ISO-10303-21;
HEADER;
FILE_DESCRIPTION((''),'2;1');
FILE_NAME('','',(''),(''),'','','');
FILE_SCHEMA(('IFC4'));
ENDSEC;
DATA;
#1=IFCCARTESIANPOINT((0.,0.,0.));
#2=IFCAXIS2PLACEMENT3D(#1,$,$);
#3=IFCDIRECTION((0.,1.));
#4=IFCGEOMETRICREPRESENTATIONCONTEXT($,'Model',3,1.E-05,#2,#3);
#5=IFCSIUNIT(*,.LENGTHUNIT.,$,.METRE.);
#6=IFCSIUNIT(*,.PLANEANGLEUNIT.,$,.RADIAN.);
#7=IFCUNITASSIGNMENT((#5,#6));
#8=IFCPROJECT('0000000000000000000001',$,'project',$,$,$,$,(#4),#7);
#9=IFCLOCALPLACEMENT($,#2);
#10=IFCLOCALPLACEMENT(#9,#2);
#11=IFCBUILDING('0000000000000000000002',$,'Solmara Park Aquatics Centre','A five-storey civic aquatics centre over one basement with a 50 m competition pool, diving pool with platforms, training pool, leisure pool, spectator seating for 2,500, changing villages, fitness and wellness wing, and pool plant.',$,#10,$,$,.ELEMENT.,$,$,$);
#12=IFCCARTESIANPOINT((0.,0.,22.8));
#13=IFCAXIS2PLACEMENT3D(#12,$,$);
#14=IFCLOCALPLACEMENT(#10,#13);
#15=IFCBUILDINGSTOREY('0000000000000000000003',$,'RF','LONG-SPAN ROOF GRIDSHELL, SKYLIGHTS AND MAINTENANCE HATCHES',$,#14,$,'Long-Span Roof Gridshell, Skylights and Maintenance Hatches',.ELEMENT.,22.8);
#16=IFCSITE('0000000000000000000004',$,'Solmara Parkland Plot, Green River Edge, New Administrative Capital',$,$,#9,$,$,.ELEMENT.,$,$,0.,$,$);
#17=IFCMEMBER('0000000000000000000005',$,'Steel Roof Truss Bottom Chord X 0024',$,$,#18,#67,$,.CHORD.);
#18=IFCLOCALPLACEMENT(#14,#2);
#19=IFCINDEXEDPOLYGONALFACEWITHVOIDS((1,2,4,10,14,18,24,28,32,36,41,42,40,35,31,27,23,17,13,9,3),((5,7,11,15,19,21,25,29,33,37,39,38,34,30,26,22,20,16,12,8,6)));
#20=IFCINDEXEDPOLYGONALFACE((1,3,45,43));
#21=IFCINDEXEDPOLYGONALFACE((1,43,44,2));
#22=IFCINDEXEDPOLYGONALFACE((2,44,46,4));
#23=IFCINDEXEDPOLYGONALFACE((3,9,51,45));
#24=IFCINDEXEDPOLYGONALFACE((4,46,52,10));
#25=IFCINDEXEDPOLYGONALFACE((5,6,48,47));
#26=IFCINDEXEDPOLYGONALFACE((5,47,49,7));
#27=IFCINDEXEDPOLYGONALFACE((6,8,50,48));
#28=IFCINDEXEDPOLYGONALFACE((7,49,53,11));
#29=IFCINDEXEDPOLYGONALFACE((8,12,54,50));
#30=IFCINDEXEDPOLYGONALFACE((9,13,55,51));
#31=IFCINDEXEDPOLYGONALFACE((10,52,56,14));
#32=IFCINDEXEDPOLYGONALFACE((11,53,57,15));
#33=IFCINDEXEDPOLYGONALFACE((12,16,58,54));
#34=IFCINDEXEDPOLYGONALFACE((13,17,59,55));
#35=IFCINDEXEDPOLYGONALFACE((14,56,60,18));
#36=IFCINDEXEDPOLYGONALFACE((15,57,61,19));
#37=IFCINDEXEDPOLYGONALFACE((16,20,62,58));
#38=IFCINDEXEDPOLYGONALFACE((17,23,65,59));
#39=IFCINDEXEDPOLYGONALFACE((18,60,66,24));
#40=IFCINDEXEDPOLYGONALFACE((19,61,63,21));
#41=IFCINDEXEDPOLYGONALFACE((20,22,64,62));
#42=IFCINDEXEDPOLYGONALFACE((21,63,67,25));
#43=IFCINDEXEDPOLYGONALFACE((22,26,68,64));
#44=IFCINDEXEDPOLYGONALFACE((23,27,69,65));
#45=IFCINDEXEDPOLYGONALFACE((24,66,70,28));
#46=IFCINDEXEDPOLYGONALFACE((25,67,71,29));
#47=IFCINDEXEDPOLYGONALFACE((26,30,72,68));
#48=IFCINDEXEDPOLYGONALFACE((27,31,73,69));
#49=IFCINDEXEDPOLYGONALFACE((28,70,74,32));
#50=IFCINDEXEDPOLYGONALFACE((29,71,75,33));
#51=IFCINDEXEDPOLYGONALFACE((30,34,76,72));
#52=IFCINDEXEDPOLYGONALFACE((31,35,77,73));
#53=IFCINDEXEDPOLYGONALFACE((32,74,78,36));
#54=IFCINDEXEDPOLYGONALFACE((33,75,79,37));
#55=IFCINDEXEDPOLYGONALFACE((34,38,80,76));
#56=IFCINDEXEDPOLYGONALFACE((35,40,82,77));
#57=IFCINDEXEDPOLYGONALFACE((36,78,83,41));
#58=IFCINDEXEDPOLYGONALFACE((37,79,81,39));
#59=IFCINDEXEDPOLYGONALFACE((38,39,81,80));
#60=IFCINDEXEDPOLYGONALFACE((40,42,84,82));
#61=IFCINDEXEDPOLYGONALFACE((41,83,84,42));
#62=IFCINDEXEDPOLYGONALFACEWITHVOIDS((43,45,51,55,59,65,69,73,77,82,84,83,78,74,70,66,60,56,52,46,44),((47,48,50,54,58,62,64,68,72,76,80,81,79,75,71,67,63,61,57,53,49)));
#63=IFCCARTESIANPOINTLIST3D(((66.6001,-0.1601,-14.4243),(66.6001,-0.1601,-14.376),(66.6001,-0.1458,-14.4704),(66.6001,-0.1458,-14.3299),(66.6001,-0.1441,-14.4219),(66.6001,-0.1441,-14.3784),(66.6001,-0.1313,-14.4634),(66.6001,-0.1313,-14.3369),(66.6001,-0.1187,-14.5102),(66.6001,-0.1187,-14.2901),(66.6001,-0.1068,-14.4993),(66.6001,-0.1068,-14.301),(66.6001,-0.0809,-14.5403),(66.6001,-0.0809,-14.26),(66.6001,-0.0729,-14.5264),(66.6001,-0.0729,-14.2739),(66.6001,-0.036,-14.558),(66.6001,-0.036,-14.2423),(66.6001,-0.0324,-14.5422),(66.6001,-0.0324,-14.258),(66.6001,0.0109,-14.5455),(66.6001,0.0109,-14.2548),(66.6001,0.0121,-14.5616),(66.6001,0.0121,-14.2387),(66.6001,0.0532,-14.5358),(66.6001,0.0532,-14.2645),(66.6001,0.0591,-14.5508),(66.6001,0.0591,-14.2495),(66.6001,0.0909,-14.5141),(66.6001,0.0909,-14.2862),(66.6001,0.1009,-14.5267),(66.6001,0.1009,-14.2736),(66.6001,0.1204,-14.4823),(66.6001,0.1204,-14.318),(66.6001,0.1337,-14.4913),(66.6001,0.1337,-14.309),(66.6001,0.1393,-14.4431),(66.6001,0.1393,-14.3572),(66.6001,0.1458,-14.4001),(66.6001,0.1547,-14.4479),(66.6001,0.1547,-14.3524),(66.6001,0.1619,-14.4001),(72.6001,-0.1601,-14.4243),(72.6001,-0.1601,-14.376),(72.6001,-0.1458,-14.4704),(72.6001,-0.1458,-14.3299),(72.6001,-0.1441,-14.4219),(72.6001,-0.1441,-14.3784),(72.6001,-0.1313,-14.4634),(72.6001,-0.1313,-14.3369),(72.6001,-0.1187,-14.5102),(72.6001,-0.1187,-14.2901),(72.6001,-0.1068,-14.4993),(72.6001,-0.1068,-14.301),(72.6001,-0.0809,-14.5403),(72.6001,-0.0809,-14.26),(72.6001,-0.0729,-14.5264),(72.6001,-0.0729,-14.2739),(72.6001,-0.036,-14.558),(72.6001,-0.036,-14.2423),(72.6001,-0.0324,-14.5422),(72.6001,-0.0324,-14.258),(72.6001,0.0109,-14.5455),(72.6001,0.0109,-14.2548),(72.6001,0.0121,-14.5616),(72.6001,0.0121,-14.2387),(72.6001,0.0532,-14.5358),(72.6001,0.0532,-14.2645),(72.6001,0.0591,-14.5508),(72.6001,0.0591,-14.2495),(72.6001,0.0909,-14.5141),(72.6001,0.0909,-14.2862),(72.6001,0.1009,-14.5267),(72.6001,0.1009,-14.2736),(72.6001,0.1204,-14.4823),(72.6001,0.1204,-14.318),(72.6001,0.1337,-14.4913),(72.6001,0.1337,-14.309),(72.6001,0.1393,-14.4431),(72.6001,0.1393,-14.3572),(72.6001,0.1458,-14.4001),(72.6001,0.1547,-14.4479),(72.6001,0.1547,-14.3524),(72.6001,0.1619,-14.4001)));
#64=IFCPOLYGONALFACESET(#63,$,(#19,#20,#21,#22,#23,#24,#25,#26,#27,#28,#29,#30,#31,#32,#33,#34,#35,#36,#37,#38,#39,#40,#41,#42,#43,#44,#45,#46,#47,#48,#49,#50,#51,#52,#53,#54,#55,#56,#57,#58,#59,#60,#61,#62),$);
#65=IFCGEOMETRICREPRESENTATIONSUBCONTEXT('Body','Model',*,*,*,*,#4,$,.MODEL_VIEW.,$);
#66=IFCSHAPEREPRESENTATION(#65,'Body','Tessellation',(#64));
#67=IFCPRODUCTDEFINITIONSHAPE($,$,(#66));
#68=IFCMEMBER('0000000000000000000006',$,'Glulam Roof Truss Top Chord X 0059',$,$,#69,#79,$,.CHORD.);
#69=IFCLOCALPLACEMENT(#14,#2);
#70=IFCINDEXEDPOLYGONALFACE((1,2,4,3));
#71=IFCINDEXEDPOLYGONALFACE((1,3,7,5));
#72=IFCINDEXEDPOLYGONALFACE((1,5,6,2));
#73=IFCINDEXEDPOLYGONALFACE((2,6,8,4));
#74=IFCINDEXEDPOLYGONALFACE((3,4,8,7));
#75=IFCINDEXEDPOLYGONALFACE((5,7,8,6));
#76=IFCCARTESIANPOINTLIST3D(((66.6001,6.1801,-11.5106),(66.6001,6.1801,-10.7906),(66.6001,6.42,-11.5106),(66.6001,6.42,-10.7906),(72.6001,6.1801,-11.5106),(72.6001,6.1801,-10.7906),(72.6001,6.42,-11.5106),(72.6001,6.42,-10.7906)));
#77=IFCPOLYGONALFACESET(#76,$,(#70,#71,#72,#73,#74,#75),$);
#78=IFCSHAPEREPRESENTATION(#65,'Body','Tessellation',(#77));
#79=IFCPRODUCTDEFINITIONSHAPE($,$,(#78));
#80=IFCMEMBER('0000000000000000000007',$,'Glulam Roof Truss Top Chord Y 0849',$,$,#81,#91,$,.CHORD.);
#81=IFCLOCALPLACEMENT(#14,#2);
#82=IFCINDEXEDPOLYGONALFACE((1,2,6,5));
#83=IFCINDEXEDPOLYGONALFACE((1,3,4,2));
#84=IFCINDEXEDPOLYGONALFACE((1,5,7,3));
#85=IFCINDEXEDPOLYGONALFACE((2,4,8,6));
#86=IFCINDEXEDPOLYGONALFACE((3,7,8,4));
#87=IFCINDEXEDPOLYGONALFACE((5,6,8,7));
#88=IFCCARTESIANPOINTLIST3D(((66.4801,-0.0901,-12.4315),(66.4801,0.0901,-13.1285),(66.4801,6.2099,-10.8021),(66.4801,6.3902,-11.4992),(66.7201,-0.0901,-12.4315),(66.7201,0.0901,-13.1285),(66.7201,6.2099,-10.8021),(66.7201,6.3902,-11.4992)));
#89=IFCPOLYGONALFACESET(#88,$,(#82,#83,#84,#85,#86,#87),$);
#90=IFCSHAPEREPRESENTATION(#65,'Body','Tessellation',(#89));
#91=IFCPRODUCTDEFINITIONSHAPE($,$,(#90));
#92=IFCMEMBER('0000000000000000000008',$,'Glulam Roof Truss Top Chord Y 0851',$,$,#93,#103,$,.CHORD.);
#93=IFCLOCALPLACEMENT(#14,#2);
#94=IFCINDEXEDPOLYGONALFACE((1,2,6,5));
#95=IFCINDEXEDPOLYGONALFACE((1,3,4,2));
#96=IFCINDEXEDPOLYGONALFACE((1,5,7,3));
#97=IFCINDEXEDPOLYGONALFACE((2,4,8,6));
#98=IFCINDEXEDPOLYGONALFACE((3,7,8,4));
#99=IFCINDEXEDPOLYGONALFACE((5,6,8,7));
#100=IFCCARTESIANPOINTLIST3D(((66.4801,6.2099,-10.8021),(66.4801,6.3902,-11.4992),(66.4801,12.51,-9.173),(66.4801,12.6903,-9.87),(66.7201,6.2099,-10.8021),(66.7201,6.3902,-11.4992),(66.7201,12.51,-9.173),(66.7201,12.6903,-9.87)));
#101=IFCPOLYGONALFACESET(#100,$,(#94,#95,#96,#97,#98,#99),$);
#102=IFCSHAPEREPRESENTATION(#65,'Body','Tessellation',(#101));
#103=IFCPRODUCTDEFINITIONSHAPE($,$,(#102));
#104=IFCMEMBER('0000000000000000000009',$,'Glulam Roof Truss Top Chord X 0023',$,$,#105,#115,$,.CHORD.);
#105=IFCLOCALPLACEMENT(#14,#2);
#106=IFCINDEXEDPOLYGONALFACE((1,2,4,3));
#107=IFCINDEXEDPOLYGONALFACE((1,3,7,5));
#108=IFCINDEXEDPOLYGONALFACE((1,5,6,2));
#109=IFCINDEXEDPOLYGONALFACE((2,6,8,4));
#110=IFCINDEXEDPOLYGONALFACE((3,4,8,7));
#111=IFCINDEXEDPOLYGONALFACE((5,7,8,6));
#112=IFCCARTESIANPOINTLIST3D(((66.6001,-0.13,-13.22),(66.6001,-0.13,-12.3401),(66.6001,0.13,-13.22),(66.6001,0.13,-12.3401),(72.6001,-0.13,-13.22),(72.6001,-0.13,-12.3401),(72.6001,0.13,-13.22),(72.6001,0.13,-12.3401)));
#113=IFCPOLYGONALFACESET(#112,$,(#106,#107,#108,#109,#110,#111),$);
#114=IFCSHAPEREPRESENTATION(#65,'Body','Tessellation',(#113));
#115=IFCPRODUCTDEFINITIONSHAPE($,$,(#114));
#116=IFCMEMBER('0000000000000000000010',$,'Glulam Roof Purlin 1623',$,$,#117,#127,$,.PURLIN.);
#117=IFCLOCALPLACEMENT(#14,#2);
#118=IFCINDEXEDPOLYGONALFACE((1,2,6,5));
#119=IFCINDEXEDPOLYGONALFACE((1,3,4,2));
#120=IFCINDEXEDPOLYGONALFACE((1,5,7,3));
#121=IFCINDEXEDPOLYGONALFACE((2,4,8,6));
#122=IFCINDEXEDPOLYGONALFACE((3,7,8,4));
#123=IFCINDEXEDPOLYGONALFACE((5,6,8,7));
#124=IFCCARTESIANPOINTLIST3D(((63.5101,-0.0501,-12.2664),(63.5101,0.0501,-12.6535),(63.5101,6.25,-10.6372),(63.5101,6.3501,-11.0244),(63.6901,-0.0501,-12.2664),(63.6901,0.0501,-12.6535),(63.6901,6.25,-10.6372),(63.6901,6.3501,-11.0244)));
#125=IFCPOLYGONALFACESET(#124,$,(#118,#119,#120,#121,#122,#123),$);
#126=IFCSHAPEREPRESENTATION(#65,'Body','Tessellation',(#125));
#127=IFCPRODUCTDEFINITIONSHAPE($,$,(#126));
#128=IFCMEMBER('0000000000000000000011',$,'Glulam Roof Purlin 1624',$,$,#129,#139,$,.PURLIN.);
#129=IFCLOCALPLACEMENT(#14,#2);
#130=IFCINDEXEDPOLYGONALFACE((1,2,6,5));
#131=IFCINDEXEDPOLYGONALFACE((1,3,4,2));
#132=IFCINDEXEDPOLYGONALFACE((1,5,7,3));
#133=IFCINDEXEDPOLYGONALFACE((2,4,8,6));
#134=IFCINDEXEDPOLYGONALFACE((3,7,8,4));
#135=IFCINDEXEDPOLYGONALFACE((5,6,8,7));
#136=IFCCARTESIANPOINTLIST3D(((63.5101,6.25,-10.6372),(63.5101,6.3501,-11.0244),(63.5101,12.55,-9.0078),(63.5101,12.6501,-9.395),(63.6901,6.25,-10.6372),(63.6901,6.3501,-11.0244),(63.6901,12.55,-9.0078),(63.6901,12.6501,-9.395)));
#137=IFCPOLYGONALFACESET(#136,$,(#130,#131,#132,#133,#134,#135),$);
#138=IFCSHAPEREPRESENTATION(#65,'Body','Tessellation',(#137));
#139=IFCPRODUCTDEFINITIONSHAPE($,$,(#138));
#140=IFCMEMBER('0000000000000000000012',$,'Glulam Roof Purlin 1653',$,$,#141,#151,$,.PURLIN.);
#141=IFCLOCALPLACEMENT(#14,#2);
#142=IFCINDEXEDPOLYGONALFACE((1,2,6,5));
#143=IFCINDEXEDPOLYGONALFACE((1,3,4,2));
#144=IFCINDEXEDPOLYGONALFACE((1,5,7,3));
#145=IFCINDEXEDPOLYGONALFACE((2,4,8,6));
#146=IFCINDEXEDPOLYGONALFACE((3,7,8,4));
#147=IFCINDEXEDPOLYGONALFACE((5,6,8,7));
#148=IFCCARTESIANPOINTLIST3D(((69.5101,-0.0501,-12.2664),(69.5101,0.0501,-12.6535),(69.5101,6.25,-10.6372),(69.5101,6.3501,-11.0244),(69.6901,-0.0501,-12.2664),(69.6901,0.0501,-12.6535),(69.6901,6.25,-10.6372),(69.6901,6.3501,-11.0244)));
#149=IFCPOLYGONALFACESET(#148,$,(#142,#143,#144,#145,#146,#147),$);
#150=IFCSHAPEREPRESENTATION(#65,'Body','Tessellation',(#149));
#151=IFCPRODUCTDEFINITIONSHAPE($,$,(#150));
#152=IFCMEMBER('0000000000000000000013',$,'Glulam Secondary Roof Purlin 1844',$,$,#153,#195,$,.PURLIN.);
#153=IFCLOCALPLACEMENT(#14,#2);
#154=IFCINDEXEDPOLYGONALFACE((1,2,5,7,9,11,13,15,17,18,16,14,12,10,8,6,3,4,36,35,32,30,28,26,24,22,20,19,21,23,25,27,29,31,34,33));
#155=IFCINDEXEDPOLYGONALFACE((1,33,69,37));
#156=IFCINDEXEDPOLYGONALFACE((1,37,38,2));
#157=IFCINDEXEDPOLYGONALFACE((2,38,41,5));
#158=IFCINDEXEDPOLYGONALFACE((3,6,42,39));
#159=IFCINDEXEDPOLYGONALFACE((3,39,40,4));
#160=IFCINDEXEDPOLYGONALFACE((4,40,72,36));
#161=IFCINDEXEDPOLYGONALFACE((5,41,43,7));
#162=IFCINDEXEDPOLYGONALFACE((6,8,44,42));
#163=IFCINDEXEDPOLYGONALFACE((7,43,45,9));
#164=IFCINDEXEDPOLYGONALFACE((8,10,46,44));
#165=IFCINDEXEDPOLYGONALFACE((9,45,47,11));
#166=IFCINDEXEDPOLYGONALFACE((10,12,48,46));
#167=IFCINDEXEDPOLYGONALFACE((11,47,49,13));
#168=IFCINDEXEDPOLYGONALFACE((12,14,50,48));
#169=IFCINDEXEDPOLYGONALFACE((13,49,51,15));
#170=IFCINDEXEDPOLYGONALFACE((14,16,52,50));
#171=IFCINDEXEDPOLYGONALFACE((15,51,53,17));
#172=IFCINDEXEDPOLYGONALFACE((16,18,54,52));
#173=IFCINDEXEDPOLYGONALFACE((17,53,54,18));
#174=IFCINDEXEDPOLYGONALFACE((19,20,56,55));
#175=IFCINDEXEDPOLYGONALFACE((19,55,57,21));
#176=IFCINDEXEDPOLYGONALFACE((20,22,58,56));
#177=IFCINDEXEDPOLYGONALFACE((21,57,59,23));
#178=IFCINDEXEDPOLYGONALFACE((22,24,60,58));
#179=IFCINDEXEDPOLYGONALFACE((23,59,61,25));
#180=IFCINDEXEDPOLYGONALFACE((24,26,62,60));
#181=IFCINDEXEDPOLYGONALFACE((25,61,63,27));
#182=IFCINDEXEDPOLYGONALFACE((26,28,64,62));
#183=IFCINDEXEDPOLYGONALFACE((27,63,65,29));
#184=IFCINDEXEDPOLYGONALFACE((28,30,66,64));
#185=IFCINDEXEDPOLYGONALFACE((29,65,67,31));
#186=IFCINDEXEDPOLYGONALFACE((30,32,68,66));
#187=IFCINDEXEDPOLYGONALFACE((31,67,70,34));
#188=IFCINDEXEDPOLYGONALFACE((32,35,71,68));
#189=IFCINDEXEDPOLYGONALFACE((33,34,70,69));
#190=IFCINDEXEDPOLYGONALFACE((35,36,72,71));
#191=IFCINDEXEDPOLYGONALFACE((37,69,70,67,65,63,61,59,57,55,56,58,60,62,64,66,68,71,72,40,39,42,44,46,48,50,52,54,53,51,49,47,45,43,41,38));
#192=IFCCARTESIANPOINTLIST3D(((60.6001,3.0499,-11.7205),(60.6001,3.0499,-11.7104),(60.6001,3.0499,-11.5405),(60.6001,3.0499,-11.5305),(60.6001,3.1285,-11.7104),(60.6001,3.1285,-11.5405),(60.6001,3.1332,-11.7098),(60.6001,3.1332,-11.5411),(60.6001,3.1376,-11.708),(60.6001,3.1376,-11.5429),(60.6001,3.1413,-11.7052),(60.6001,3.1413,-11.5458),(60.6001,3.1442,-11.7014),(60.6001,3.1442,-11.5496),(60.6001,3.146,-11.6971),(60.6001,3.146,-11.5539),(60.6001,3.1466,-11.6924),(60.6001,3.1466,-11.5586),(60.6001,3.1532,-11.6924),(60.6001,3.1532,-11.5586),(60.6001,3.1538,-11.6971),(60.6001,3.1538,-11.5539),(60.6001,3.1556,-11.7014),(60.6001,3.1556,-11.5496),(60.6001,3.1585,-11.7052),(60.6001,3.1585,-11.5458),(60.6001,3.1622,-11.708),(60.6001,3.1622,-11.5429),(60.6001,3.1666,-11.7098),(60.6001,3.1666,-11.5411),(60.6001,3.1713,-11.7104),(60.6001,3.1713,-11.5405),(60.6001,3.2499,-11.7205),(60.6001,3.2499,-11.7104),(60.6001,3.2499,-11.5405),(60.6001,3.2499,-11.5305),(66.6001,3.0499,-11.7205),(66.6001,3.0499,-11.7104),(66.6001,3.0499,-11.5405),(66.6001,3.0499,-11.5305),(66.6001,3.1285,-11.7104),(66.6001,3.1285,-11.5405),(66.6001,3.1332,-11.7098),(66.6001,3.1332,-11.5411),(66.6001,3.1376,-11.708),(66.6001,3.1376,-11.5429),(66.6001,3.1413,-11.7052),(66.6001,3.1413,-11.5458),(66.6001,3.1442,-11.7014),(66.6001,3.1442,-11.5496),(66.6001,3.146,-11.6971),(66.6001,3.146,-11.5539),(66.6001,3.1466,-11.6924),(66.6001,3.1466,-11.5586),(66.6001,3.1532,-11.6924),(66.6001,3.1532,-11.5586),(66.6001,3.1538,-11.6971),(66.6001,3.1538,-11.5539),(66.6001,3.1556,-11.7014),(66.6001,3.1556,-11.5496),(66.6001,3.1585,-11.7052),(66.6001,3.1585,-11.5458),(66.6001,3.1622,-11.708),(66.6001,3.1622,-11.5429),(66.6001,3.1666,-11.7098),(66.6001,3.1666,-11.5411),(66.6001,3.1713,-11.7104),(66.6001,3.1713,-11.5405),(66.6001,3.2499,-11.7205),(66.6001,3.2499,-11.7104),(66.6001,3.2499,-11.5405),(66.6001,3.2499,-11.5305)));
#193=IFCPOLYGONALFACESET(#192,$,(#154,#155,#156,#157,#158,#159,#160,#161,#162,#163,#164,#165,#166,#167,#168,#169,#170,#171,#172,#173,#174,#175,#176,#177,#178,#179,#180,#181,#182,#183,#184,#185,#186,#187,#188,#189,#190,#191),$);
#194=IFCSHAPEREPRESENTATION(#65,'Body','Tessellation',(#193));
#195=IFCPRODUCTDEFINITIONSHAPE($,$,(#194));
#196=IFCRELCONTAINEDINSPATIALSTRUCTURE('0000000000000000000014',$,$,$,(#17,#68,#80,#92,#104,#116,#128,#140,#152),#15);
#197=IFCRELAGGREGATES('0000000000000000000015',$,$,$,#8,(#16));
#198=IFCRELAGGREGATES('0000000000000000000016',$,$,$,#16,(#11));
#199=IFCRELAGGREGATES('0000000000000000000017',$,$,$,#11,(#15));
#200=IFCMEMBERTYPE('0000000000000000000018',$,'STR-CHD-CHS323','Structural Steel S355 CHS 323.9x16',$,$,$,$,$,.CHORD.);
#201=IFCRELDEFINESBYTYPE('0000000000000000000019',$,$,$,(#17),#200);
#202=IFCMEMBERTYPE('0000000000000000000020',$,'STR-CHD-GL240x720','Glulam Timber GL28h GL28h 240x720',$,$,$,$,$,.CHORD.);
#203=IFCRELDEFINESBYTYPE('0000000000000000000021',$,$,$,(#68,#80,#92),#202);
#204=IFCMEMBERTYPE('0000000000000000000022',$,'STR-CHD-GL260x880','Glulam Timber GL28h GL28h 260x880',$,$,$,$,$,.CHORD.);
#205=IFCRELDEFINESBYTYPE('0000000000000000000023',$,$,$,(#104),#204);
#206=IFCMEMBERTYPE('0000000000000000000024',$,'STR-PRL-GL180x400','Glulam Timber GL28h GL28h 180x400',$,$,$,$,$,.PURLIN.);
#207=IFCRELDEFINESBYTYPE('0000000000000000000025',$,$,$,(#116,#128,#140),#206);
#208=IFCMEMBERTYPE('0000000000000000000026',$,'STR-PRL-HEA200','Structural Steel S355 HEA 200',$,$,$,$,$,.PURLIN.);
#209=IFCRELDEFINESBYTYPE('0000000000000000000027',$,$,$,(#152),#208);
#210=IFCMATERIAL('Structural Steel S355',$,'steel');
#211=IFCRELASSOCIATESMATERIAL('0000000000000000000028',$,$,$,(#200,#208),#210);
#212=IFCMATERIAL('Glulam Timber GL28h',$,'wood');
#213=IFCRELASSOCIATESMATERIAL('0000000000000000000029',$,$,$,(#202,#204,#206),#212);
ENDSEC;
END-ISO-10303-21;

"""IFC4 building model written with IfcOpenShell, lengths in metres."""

from ifc_helpers import new_model, si_unit, direction, frame, origin, origin_2d, place, context, subcontext, project, spatial, rectangle, hollow_circle, i_section, extrude, material, material_profile, profile_set, type_object, element, save


model = new_model("IFC4")

# Units and contexts
model_context = context("Model", 3, precision=1e-05, world=origin(), true_north=direction((0.0, 1.0)))
body_context = subcontext(model_context, "Body", "Model", "MODEL_VIEW")
ifc_project = project(units=[si_unit("LENGTHUNIT", "METRE"), si_unit("PLANEANGLEUNIT", "RADIAN")], contexts=[model_context])

# Site, building, storey
site_placement = place(None, origin())
site = spatial("IfcSite", under=ifc_project, at=site_placement, Name="Solmara Parkland Plot, Green River Edge, New Administrative Capital", CompositionType="ELEMENT", RefElevation=0.0)
building_placement = place(site_placement, origin())
building = spatial("IfcBuilding", under=site, at=building_placement, Name="Solmara Park Aquatics Centre", Description="A five-storey civic aquatics centre over one basement with a 50 m competition pool, diving pool with platforms, training pool, leisure pool, spectator seating for 2,500, changing villages, fitness and wellness wing, and pool plant.", CompositionType="ELEMENT")
storey_placement = place(building_placement, frame((0.0, 0.0, 22.8)))
storey = spatial("IfcBuildingStorey", under=building, at=storey_placement, Name="RF", Description="LONG-SPAN ROOF GRIDSHELL, SKYLIGHTS AND MAINTENANCE HATCHES", LongName="Long-Span Roof Gridshell, Skylights and Maintenance Hatches", CompositionType="ELEMENT", Elevation=22.8)

# Members
ifc_material_1 = material(Name="Structural Steel S355", Category="steel")
ifc_material_profile_1 = material_profile(ifc_material_1, hollow_circle(Radius=0.1619, WallThickness=0.0161, at=origin_2d()), Name="CHS 323.9x16")
ifc_profile_set_1 = profile_set([ifc_material_profile_1], Name="Structural Steel S355")
member_type_1 = type_object("IfcMemberType", Name="STR-CHD-CHS323", Description="Structural Steel S355 CHS 323.9x16", PredefinedType="CHORD", material=ifc_profile_set_1)
member_1_placement = place(storey_placement, frame((66.6001, 0.0, -14.4001), z_axis=(1.0, 0.0, 0.0), x_axis=(0.0, 1.0, 0.0)))
element("IfcMember", 1, at=member_1_placement, inside=storey, type_object=member_type_1, Name="Steel Roof Truss Bottom Chord X 0024", PredefinedType="CHORD", context=body_context, shape_type="SweptSolid", body=[
    extrude(hollow_circle(Radius=0.1619, WallThickness=0.0161, at=origin_2d()), origin(), (0.0, 0.0, 1.0), 6.0),
])
ifc_material_2 = material(Name="Glulam Timber GL28h", Category="wood")
ifc_material_profile_2 = material_profile(ifc_material_2, rectangle(XDim=0.24, YDim=0.72, at=origin_2d()), Name="GL28h 240x720")
ifc_profile_set_2 = profile_set([ifc_material_profile_2], Name="Glulam Timber GL28h")
member_type_2 = type_object("IfcMemberType", Name="STR-CHD-GL240x720", Description="Glulam Timber GL28h GL28h 240x720", PredefinedType="CHORD", material=ifc_profile_set_2)
member_2_placement = place(storey_placement, frame((66.6001, 6.3, -11.1506), z_axis=(1.0, 0.0, 0.0), x_axis=(0.0, 1.0, 0.0)))
element("IfcMember", 2, at=member_2_placement, inside=storey, type_object=member_type_2, Name="Glulam Roof Truss Top Chord X 0059", PredefinedType="CHORD", context=body_context, shape_type="SweptSolid", body=[
    extrude(rectangle(XDim=0.24, YDim=0.72, at=origin_2d()), origin(), (0.0, 0.0, 1.0), 6.0),
])
for number, where, z_axis, x_axis, name in (
    (3, (66.6001, 0.0, -12.78), (0.0, 0.968144, 0.250393), (-1.0, 0.0, 0.0), "Glulam Roof Truss Top Chord Y 0849"),
    (4, (66.6001, 6.3, -11.1506), (0.0, 0.968153, 0.250358), (-1.0, 0.0, 0.0), "Glulam Roof Truss Top Chord Y 0851"),
):
    element("IfcMember", number, at=place(storey_placement, frame(where, z_axis=z_axis, x_axis=x_axis)), inside=storey, type_object=member_type_2, Name=name, PredefinedType="CHORD", context=body_context, shape_type="SweptSolid", body=[
        extrude(rectangle(XDim=0.24, YDim=0.72, at=origin_2d()), origin(), (0.0, 0.0, 1.0), 6.5073),
    ])
ifc_material_profile_3 = material_profile(ifc_material_2, rectangle(XDim=0.26, YDim=0.8799, at=origin_2d()), Name="GL28h 260x880")
ifc_profile_set_3 = profile_set([ifc_material_profile_3], Name="Glulam Timber GL28h")
member_type_3 = type_object("IfcMemberType", Name="STR-CHD-GL260x880", Description="Glulam Timber GL28h GL28h 260x880", PredefinedType="CHORD", material=ifc_profile_set_3)
member_3_placement = place(storey_placement, frame((66.6001, 0.0, -12.78), z_axis=(1.0, 0.0, 0.0), x_axis=(0.0, 1.0, 0.0)))
element("IfcMember", 5, at=member_3_placement, inside=storey, type_object=member_type_3, Name="Glulam Roof Truss Top Chord X 0023", PredefinedType="CHORD", context=body_context, shape_type="SweptSolid", body=[
    extrude(rectangle(XDim=0.26, YDim=0.8799, at=origin_2d()), origin(), (0.0, 0.0, 1.0), 6.0),
])
ifc_material_profile_4 = material_profile(ifc_material_2, rectangle(XDim=0.1799, YDim=0.3999, at=origin_2d()), Name="GL28h 180x400")
ifc_profile_set_4 = profile_set([ifc_material_profile_4], Name="Glulam Timber GL28h")
member_type_4 = type_object("IfcMemberType", Name="STR-PRL-GL180x400", Description="Glulam Timber GL28h GL28h 180x400", PredefinedType="PURLIN", material=ifc_profile_set_4)
for number, where, z_axis, x_axis, name in (
    (6, (63.6001, 0.0, -12.46), (0.0, 0.968153, 0.250358), (-1.0, 0.0, 0.0), "Glulam Roof Purlin 1623"),
    (7, (63.6001, 6.3, -10.8308), (0.0, 0.968144, 0.250393), (-1.0, 0.0, 0.0), "Glulam Roof Purlin 1624"),
    (8, (69.6001, 0.0, -12.46), (0.0, 0.968153, 0.250358), (-1.0, 0.0, 0.0), "Glulam Roof Purlin 1653"),
):
    element("IfcMember", number, at=place(storey_placement, frame(where, z_axis=z_axis, x_axis=x_axis)), inside=storey, type_object=member_type_4, Name=name, PredefinedType="PURLIN", context=body_context, shape_type="SweptSolid", body=[
        extrude(rectangle(XDim=0.1799, YDim=0.3999, at=origin_2d()), origin(), (0.0, 0.0, 1.0), 6.5073),
    ])
ifc_material_profile_5 = material_profile(ifc_material_1, i_section(OverallWidth=0.2, OverallDepth=0.1899, WebThickness=0.0066, FlangeThickness=0.01, FilletRadius=0.0181, at=origin_2d()), Name="HEA 200")
ifc_profile_set_5 = profile_set([ifc_material_profile_5], Name="Structural Steel S355")
member_type_5 = type_object("IfcMemberType", Name="STR-PRL-HEA200", Description="Structural Steel S355 HEA 200", PredefinedType="PURLIN", material=ifc_profile_set_5)
member_4_placement = place(storey_placement, frame((60.6001, 3.1499, -11.6255), z_axis=(1.0, 0.0, 0.0), x_axis=(0.0, 1.0, 0.0)))
element("IfcMember", 9, at=member_4_placement, inside=storey, type_object=member_type_5, Name="Glulam Secondary Roof Purlin 1844", PredefinedType="PURLIN", context=body_context, shape_type="SweptSolid", body=[
    extrude(i_section(OverallWidth=0.2, OverallDepth=0.1899, WebThickness=0.0066, FlangeThickness=0.01, FilletRadius=0.0181, at=origin_2d()), origin(), (0.0, 0.0, 1.0), 6.0),
])

save(model, "model.ifc")
